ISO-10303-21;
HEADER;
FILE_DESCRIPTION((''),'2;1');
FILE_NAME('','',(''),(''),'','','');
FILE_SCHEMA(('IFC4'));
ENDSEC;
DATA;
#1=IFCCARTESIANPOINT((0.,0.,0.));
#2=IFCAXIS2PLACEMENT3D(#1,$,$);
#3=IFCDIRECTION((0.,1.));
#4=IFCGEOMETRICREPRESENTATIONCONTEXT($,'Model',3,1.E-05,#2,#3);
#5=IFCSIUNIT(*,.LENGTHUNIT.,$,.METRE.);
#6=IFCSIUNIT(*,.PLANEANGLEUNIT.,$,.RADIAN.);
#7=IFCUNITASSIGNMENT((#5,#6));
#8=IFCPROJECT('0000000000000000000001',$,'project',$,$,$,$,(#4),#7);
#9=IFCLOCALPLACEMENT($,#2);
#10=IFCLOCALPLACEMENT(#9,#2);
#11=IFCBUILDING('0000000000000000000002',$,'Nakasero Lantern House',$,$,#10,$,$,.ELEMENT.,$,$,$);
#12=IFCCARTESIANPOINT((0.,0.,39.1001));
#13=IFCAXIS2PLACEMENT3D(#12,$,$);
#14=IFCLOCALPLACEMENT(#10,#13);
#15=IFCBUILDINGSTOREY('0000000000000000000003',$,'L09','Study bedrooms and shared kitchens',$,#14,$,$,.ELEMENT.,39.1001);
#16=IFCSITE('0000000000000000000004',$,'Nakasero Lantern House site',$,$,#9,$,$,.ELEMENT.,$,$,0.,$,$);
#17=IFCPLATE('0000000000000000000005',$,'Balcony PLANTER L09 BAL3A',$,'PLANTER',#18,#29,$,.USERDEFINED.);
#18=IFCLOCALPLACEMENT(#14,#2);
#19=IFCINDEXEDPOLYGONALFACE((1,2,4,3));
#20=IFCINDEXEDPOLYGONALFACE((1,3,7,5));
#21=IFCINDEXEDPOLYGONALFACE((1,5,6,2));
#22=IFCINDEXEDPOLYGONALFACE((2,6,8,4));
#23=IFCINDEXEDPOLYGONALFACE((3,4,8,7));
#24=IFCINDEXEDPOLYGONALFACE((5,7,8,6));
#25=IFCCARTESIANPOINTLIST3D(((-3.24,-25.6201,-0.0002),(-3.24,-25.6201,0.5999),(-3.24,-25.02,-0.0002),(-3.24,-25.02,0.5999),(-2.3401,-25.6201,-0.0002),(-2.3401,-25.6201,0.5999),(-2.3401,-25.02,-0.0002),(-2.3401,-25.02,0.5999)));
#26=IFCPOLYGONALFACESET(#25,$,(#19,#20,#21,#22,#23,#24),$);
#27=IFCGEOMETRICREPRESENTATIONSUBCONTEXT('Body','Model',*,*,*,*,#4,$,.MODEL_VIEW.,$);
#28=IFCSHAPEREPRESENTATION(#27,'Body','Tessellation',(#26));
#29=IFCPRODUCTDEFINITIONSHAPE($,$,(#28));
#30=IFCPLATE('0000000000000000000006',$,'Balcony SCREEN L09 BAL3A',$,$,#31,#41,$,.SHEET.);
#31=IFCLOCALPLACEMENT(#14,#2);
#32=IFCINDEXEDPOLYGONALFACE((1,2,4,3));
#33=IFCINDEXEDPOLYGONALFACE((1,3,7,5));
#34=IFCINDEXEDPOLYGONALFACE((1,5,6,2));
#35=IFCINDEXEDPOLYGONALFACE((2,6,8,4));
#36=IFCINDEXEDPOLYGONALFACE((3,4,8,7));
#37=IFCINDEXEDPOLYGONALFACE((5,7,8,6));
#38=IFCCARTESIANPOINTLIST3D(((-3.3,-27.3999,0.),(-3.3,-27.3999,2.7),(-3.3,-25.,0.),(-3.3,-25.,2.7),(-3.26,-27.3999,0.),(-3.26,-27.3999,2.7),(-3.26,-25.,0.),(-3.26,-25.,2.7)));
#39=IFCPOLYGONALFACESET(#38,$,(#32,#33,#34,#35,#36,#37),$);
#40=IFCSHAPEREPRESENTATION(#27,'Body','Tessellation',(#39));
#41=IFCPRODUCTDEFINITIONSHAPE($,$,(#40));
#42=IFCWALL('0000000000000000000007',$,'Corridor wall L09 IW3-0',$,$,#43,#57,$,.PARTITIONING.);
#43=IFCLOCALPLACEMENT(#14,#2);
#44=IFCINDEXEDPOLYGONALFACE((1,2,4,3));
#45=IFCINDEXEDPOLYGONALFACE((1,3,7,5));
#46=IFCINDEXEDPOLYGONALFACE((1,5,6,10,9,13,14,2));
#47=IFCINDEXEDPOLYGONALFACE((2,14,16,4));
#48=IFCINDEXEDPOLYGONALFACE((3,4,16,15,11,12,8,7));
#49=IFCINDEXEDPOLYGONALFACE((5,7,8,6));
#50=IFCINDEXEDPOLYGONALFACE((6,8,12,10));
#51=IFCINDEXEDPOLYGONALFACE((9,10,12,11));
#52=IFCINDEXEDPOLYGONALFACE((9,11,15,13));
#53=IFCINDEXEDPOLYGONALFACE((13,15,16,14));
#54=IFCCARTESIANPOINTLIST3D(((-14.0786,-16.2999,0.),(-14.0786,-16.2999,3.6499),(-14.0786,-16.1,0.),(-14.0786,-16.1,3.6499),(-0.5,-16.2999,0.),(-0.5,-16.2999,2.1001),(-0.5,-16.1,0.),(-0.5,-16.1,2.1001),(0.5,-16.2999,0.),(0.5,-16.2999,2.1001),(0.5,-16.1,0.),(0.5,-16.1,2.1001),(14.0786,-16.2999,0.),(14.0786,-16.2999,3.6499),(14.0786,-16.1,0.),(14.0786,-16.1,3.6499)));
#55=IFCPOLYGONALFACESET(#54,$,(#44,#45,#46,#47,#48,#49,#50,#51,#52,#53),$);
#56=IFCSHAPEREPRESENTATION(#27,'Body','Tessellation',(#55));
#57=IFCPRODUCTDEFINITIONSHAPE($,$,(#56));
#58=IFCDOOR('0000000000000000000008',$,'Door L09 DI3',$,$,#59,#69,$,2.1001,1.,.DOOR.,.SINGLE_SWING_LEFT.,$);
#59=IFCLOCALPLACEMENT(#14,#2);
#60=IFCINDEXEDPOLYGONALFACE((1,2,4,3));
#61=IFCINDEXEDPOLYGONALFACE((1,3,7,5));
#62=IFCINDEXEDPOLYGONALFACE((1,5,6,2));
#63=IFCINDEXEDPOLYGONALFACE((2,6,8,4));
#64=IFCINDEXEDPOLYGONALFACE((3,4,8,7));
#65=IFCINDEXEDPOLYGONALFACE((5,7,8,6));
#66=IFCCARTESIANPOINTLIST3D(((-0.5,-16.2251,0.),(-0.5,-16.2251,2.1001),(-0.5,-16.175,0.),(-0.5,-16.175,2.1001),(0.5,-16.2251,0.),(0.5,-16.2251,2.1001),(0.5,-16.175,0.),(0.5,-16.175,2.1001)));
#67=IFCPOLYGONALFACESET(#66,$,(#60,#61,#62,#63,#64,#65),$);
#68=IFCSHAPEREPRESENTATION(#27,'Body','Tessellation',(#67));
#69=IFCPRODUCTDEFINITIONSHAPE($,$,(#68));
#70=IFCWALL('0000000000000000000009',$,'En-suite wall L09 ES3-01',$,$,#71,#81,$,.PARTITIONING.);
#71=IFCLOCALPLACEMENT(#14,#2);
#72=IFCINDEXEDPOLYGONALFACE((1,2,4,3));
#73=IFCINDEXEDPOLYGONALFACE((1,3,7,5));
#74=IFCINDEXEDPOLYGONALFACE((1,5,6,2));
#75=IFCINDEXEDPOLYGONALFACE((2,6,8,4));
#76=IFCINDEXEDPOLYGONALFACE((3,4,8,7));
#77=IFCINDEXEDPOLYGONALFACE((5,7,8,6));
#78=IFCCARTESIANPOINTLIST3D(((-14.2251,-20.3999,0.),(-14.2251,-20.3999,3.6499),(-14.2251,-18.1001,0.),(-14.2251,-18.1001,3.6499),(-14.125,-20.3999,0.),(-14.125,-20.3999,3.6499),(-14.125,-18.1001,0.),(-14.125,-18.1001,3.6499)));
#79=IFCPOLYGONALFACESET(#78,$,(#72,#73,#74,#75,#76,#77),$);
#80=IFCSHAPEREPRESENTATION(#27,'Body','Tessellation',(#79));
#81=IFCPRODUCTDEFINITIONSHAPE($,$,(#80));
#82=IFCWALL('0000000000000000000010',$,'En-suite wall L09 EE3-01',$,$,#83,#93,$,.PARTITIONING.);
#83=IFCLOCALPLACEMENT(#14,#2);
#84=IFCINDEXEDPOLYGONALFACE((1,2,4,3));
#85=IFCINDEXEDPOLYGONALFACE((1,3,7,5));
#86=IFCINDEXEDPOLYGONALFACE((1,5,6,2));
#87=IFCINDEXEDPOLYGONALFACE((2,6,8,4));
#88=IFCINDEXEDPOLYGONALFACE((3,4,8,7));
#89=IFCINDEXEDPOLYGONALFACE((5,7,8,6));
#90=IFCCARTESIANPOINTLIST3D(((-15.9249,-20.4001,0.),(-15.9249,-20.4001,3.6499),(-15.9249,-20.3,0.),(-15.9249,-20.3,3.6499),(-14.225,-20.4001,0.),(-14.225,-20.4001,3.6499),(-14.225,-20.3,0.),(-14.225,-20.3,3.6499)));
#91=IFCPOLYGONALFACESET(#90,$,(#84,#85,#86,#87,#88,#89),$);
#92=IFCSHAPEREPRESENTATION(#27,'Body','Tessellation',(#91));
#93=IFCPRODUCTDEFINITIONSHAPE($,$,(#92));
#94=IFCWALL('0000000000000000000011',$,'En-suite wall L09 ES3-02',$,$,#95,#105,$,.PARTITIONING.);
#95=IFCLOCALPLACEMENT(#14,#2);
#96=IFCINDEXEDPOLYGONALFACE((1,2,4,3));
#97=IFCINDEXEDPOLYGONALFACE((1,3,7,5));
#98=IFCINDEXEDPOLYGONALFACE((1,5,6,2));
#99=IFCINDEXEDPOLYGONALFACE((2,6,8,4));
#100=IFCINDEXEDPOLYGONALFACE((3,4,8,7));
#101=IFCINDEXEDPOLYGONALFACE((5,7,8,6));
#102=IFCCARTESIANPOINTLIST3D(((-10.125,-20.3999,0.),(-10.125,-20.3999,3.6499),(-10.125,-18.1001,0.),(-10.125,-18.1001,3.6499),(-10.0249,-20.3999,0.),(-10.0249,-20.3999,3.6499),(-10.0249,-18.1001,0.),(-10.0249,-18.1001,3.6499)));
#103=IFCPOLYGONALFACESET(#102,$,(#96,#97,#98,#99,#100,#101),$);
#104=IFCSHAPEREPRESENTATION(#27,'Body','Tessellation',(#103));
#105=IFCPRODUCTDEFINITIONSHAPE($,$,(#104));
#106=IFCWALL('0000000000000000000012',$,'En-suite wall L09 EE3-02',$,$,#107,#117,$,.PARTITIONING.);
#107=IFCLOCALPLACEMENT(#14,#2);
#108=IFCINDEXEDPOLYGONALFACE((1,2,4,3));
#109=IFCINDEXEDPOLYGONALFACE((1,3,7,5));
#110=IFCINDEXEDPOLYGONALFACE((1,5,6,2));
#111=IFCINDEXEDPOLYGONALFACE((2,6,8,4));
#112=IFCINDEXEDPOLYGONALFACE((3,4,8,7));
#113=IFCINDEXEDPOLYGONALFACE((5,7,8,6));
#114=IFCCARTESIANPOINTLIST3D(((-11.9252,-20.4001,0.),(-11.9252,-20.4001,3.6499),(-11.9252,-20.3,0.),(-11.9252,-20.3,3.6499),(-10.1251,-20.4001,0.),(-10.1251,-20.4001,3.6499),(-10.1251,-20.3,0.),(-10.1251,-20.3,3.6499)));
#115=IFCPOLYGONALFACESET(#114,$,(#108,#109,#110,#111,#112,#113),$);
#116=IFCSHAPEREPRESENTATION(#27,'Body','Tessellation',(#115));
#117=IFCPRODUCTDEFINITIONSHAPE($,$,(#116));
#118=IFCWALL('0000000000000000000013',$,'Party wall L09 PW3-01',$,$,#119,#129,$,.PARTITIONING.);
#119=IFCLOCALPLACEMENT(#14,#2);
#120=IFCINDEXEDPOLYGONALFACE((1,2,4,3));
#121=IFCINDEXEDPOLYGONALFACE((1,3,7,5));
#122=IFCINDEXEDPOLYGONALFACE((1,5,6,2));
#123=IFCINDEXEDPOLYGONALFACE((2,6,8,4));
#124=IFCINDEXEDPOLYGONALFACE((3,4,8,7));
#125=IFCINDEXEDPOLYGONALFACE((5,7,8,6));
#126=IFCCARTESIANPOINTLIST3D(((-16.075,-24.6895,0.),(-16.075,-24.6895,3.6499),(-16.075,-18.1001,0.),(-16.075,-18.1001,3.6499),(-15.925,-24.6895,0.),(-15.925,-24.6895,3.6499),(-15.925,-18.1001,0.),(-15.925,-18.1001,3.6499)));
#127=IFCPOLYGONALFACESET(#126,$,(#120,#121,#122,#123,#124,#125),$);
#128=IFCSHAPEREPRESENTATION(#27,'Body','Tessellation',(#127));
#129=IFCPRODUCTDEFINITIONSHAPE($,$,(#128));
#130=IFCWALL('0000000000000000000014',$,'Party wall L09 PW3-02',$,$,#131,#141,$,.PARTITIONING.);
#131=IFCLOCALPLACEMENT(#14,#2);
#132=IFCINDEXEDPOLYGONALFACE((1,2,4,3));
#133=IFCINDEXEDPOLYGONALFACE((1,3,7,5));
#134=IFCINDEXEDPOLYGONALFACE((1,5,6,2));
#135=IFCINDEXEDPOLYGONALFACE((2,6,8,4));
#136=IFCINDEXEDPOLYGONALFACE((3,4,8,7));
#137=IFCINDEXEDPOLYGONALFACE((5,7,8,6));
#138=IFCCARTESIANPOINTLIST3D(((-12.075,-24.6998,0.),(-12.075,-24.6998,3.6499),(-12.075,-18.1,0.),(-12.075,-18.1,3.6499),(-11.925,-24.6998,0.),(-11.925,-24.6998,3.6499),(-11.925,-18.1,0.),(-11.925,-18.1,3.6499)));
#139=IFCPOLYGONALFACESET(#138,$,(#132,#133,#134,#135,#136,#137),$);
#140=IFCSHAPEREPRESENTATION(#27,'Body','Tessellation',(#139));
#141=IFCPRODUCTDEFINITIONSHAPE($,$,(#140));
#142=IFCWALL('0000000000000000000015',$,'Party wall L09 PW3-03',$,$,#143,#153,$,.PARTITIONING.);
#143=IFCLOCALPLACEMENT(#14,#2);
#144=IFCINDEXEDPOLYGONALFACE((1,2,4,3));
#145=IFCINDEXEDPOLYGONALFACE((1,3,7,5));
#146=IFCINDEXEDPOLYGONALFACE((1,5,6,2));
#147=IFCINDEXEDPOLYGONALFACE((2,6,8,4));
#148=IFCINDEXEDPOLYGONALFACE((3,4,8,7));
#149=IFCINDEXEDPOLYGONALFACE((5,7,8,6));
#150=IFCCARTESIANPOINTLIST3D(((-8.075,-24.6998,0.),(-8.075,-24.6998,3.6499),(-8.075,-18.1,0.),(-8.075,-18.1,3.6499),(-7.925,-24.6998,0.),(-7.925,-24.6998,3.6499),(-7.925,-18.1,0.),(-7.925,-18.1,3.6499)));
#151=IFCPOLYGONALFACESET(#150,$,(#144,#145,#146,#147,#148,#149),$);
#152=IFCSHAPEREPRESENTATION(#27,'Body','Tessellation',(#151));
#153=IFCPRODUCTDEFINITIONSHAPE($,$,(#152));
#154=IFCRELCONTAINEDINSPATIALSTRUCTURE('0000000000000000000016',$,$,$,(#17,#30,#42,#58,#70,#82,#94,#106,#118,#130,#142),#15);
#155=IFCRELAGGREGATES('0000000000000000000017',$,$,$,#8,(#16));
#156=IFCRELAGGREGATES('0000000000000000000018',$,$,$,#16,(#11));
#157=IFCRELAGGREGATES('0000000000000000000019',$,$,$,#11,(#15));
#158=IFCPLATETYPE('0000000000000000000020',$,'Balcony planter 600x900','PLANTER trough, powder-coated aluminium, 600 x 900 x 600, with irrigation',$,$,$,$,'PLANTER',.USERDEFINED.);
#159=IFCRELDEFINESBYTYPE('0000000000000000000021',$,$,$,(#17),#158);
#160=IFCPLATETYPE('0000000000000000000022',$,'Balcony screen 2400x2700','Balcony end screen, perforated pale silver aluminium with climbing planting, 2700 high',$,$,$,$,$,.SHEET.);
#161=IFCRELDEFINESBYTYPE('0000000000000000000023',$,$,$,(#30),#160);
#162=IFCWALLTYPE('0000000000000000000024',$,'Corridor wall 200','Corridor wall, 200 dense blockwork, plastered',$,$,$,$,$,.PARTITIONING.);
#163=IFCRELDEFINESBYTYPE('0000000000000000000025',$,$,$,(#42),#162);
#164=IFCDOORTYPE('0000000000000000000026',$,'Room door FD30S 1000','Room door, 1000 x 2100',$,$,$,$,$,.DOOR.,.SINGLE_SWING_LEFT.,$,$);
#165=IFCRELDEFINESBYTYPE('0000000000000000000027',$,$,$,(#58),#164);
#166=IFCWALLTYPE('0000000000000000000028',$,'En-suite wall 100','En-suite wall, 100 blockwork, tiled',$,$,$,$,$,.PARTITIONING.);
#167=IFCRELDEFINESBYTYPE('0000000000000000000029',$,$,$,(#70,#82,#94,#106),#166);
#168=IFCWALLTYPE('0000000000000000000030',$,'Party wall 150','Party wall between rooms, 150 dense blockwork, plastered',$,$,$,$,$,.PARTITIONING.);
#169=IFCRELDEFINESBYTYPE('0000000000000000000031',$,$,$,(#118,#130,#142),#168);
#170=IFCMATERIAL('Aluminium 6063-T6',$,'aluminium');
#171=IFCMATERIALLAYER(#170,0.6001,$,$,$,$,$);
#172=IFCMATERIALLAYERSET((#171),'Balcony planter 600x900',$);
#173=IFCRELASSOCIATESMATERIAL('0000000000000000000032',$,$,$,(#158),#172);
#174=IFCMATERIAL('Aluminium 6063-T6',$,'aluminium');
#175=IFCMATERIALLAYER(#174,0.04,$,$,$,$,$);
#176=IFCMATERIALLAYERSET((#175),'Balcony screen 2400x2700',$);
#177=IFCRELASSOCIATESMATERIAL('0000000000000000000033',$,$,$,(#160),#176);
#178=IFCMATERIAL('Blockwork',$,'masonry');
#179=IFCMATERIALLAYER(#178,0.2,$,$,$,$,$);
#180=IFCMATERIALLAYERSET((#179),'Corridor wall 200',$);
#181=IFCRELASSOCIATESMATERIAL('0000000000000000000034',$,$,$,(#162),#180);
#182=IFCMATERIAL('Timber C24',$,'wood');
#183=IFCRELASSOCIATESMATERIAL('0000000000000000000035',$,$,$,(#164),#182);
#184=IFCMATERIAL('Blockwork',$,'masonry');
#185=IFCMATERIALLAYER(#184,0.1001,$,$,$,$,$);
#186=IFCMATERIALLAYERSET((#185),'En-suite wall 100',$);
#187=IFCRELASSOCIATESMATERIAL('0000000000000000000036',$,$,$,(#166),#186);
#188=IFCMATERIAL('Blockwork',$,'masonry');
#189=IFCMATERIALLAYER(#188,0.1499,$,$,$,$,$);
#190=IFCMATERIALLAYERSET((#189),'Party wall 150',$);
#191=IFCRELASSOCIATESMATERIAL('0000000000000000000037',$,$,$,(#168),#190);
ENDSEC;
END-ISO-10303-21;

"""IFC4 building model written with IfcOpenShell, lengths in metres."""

from ifc_helpers import new_model, si_unit, direction, frame, frame_2d, origin, origin_2d, place, context, subcontext, project, spatial, rectangle, extrude, material, layer, layer_set, type_object, element, fill, save


model = new_model("IFC4")

# Units and contexts
model_context = context("Model", 3, precision=1e-05, world=origin(), true_north=direction((0.0, 1.0)))
body_context = subcontext(model_context, "Body", "Model", "MODEL_VIEW")
ifc_project = project(units=[si_unit("LENGTHUNIT", "METRE"), si_unit("PLANEANGLEUNIT", "RADIAN")], contexts=[model_context])

# Site, building, storey
site_placement = place(None, origin())
site = spatial("IfcSite", under=ifc_project, at=site_placement, Name="Nakasero Lantern House site", CompositionType="ELEMENT", RefElevation=0.0)
building_placement = place(site_placement, origin())
building = spatial("IfcBuilding", under=site, at=building_placement, Name="Nakasero Lantern House", CompositionType="ELEMENT")
storey_placement = place(building_placement, frame((0.0, 0.0, 39.1001)))
storey = spatial("IfcBuildingStorey", under=building, at=storey_placement, Name="L09", Description="Study bedrooms and shared kitchens", CompositionType="ELEMENT", Elevation=39.1001)

# Plates
ifc_material_1 = material(Name="Aluminium 6063-T6", Category="aluminium")
ifc_layer_1 = layer(ifc_material_1, 0.6001)
ifc_layer_set_1 = layer_set([ifc_layer_1], Name="Balcony planter 600x900")
plate_type_1 = type_object("IfcPlateType", Name="Balcony planter 600x900", Description="PLANTER trough, powder-coated aluminium, 600 x 900 x 600, with irrigation", ElementType="PLANTER", PredefinedType="USERDEFINED", material=ifc_layer_set_1)
plate_1_placement = place(storey_placement, frame((-2.79, -25.3201, -0.0002), z_axis=(0.0, 0.0, 1.0), x_axis=(0.0, -1.0, 0.0)))
element("IfcPlate", 1, at=plate_1_placement, inside=storey, type_object=plate_type_1, Name="Balcony PLANTER L09 BAL3A", ObjectType="PLANTER", PredefinedType="USERDEFINED", context=body_context, shape_type="SweptSolid", body=[
    extrude(rectangle(XDim=0.6001, YDim=0.8999, at=origin_2d()), origin(), (0.0, 0.0, 1.0), 0.6001),
])
ifc_material_2 = material(Name="Aluminium 6063-T6", Category="aluminium")
ifc_layer_2 = layer(ifc_material_2, 0.04)
ifc_layer_set_2 = layer_set([ifc_layer_2], Name="Balcony screen 2400x2700")
plate_type_2 = type_object("IfcPlateType", Name="Balcony screen 2400x2700", Description="Balcony end screen, perforated pale silver aluminium with climbing planting, 2700 high", PredefinedType="SHEET", material=ifc_layer_set_2)
plate_2_placement = place(storey_placement, frame((-3.28, -26.2, 0.0), z_axis=(0.0, 0.0, 1.0), x_axis=(0.0, -1.0, 0.0)))
element("IfcPlate", 2, at=plate_2_placement, inside=storey, type_object=plate_type_2, Name="Balcony SCREEN L09 BAL3A", PredefinedType="SHEET", context=body_context, shape_type="SweptSolid", body=[
    extrude(rectangle(XDim=2.3999, YDim=0.04, at=origin_2d()), origin(), (0.0, 0.0, 1.0), 2.7),
])

# Wall, opening, door
ifc_material_3 = material(Name="Blockwork", Category="masonry")
ifc_layer_3 = layer(ifc_material_3, 0.2)
ifc_layer_set_3 = layer_set([ifc_layer_3], Name="Corridor wall 200")
wall_type_1 = type_object("IfcWallType", Name="Corridor wall 200", Description="Corridor wall, 200 dense blockwork, plastered", PredefinedType="PARTITIONING", material=ifc_layer_set_3)
wall_1_placement = place(storey_placement, frame((-14.0786, -16.2, 0.0), z_axis=(0.0, 0.0, 1.0), x_axis=(1.0, 0.0, 0.0)))
wall_1 = element("IfcWall", 3, at=wall_1_placement, inside=storey, type_object=wall_type_1, Name="Corridor wall L09 IW3-0", PredefinedType="PARTITIONING", context=body_context, shape_type="SweptSolid", body=[
    extrude(rectangle(XDim=28.1572, YDim=0.2, at=frame_2d((14.0786, 0.0))), origin(), (0.0, 0.0, 1.0), 3.6499),
])
opening_placement = place(wall_1_placement, frame((13.5786, 0.0, 0.0)))
opening = element("IfcOpeningElement", 4, at=opening_placement, cuts=wall_1, PredefinedType="OPENING", context=body_context, shape_type="SweptSolid", body=[
    extrude(rectangle(XDim=1.0, YDim=2.1001, at=frame_2d((0.5, 1.05))), frame((0.0, 0.1199, 0.0), z_axis=(0.0, -1.0, 0.0), x_axis=(1.0, 0.0, 0.0)), (0.0, 0.0, 1.0), 0.24),
])
ifc_material_4 = material(Name="Timber C24", Category="wood")
door_type = type_object("IfcDoorType", Name="Room door FD30S 1000", Description="Room door, 1000 x 2100", OperationType="SINGLE_SWING_LEFT", PredefinedType="DOOR", material=ifc_material_4)
door_placement = place(opening_placement, origin())
door = element("IfcDoor", 5, at=door_placement, inside=storey, type_object=door_type, Name="Door L09 DI3", OperationType="SINGLE_SWING_LEFT", OverallHeight=2.1001, OverallWidth=1.0, PredefinedType="DOOR", context=body_context, shape_type="SweptSolid", body=[
    extrude(rectangle(XDim=1.0, YDim=2.1001, at=frame_2d((0.5, 1.05))), frame((0.0, 0.0249, 0.0), z_axis=(0.0, -1.0, 0.0), x_axis=(1.0, 0.0, 0.0)), (0.0, 0.0, 1.0), 0.05),
])
fill(opening, door)

# Walls
ifc_material_5 = material(Name="Blockwork", Category="masonry")
ifc_layer_4 = layer(ifc_material_5, 0.1001)
ifc_layer_set_4 = layer_set([ifc_layer_4], Name="En-suite wall 100")
wall_type_2 = type_object("IfcWallType", Name="En-suite wall 100", Description="En-suite wall, 100 blockwork, tiled", PredefinedType="PARTITIONING", material=ifc_layer_set_4)
wall_2_placement = place(storey_placement, frame((-14.175, -18.1001, 0.0), z_axis=(0.0, 0.0, 1.0), x_axis=(0.0, -1.0, 0.0)))
element("IfcWall", 6, at=wall_2_placement, inside=storey, type_object=wall_type_2, Name="En-suite wall L09 ES3-01", PredefinedType="PARTITIONING", context=body_context, shape_type="SweptSolid", body=[
    extrude(rectangle(XDim=2.2998, YDim=0.1001, at=frame_2d((1.1499, 0.0))), origin(), (0.0, 0.0, 1.0), 3.6499),
])
wall_3_placement = place(storey_placement, frame((-15.925, -20.3501, 0.0), z_axis=(0.0, 0.0, 1.0), x_axis=(1.0, 0.0, 0.0)))
element("IfcWall", 7, at=wall_3_placement, inside=storey, type_object=wall_type_2, Name="En-suite wall L09 EE3-01", PredefinedType="PARTITIONING", context=body_context, shape_type="SweptSolid", body=[
    extrude(rectangle(XDim=1.7, YDim=0.1001, at=frame_2d((0.8501, 0.0))), origin(), (0.0, 0.0, 1.0), 3.6499),
])
wall_4_placement = place(storey_placement, frame((-10.075, -18.1001, 0.0), z_axis=(0.0, 0.0, 1.0), x_axis=(0.0, -1.0, 0.0)))
element("IfcWall", 8, at=wall_4_placement, inside=storey, type_object=wall_type_2, Name="En-suite wall L09 ES3-02", PredefinedType="PARTITIONING", context=body_context, shape_type="SweptSolid", body=[
    extrude(rectangle(XDim=2.2998, YDim=0.1001, at=frame_2d((1.1499, 0.0))), origin(), (0.0, 0.0, 1.0), 3.6499),
])
wall_5_placement = place(storey_placement, frame((-11.925, -20.3501, 0.0), z_axis=(0.0, 0.0, 1.0), x_axis=(1.0, 0.0, 0.0)))
element("IfcWall", 9, at=wall_5_placement, inside=storey, type_object=wall_type_2, Name="En-suite wall L09 EE3-02", PredefinedType="PARTITIONING", context=body_context, shape_type="SweptSolid", body=[
    extrude(rectangle(XDim=1.8, YDim=0.1001, at=frame_2d((0.8999, 0.0))), origin(), (0.0, 0.0, 1.0), 3.6499),
])
ifc_material_6 = material(Name="Blockwork", Category="masonry")
ifc_layer_5 = layer(ifc_material_6, 0.1499)
ifc_layer_set_5 = layer_set([ifc_layer_5], Name="Party wall 150")
wall_type_3 = type_object("IfcWallType", Name="Party wall 150", Description="Party wall between rooms, 150 dense blockwork, plastered", PredefinedType="PARTITIONING", material=ifc_layer_set_5)
wall_6_placement = place(storey_placement, frame((-16.0, -18.1001, 0.0), z_axis=(0.0, 0.0, 1.0), x_axis=(0.0, -1.0, 0.0)))
element("IfcWall", 10, at=wall_6_placement, inside=storey, type_object=wall_type_3, Name="Party wall L09 PW3-01", PredefinedType="PARTITIONING", context=body_context, shape_type="SweptSolid", body=[
    extrude(rectangle(XDim=6.5894, YDim=0.1499, at=frame_2d((3.2947, 0.0))), origin(), (0.0, 0.0, 1.0), 3.6499),
])
for number, where, z_axis, x_axis, name in (
    (11, (-12.0, -18.1001, 0.0), (0.0, 0.0, 1.0), (0.0, -1.0, 0.0), "Party wall L09 PW3-02"),
    (12, (-8.0, -18.1001, 0.0), (0.0, 0.0, 1.0), (0.0, -1.0, 0.0), "Party wall L09 PW3-03"),
):
    element("IfcWall", number, at=place(storey_placement, frame(where, z_axis=z_axis, x_axis=x_axis)), inside=storey, type_object=wall_type_3, Name=name, PredefinedType="PARTITIONING", context=body_context, shape_type="SweptSolid", body=[
        extrude(rectangle(XDim=6.5999, YDim=0.1499, at=frame_2d((3.2998, 0.0))), origin(), (0.0, 0.0, 1.0), 3.6499),
    ])

save(model, "model.ifc")
